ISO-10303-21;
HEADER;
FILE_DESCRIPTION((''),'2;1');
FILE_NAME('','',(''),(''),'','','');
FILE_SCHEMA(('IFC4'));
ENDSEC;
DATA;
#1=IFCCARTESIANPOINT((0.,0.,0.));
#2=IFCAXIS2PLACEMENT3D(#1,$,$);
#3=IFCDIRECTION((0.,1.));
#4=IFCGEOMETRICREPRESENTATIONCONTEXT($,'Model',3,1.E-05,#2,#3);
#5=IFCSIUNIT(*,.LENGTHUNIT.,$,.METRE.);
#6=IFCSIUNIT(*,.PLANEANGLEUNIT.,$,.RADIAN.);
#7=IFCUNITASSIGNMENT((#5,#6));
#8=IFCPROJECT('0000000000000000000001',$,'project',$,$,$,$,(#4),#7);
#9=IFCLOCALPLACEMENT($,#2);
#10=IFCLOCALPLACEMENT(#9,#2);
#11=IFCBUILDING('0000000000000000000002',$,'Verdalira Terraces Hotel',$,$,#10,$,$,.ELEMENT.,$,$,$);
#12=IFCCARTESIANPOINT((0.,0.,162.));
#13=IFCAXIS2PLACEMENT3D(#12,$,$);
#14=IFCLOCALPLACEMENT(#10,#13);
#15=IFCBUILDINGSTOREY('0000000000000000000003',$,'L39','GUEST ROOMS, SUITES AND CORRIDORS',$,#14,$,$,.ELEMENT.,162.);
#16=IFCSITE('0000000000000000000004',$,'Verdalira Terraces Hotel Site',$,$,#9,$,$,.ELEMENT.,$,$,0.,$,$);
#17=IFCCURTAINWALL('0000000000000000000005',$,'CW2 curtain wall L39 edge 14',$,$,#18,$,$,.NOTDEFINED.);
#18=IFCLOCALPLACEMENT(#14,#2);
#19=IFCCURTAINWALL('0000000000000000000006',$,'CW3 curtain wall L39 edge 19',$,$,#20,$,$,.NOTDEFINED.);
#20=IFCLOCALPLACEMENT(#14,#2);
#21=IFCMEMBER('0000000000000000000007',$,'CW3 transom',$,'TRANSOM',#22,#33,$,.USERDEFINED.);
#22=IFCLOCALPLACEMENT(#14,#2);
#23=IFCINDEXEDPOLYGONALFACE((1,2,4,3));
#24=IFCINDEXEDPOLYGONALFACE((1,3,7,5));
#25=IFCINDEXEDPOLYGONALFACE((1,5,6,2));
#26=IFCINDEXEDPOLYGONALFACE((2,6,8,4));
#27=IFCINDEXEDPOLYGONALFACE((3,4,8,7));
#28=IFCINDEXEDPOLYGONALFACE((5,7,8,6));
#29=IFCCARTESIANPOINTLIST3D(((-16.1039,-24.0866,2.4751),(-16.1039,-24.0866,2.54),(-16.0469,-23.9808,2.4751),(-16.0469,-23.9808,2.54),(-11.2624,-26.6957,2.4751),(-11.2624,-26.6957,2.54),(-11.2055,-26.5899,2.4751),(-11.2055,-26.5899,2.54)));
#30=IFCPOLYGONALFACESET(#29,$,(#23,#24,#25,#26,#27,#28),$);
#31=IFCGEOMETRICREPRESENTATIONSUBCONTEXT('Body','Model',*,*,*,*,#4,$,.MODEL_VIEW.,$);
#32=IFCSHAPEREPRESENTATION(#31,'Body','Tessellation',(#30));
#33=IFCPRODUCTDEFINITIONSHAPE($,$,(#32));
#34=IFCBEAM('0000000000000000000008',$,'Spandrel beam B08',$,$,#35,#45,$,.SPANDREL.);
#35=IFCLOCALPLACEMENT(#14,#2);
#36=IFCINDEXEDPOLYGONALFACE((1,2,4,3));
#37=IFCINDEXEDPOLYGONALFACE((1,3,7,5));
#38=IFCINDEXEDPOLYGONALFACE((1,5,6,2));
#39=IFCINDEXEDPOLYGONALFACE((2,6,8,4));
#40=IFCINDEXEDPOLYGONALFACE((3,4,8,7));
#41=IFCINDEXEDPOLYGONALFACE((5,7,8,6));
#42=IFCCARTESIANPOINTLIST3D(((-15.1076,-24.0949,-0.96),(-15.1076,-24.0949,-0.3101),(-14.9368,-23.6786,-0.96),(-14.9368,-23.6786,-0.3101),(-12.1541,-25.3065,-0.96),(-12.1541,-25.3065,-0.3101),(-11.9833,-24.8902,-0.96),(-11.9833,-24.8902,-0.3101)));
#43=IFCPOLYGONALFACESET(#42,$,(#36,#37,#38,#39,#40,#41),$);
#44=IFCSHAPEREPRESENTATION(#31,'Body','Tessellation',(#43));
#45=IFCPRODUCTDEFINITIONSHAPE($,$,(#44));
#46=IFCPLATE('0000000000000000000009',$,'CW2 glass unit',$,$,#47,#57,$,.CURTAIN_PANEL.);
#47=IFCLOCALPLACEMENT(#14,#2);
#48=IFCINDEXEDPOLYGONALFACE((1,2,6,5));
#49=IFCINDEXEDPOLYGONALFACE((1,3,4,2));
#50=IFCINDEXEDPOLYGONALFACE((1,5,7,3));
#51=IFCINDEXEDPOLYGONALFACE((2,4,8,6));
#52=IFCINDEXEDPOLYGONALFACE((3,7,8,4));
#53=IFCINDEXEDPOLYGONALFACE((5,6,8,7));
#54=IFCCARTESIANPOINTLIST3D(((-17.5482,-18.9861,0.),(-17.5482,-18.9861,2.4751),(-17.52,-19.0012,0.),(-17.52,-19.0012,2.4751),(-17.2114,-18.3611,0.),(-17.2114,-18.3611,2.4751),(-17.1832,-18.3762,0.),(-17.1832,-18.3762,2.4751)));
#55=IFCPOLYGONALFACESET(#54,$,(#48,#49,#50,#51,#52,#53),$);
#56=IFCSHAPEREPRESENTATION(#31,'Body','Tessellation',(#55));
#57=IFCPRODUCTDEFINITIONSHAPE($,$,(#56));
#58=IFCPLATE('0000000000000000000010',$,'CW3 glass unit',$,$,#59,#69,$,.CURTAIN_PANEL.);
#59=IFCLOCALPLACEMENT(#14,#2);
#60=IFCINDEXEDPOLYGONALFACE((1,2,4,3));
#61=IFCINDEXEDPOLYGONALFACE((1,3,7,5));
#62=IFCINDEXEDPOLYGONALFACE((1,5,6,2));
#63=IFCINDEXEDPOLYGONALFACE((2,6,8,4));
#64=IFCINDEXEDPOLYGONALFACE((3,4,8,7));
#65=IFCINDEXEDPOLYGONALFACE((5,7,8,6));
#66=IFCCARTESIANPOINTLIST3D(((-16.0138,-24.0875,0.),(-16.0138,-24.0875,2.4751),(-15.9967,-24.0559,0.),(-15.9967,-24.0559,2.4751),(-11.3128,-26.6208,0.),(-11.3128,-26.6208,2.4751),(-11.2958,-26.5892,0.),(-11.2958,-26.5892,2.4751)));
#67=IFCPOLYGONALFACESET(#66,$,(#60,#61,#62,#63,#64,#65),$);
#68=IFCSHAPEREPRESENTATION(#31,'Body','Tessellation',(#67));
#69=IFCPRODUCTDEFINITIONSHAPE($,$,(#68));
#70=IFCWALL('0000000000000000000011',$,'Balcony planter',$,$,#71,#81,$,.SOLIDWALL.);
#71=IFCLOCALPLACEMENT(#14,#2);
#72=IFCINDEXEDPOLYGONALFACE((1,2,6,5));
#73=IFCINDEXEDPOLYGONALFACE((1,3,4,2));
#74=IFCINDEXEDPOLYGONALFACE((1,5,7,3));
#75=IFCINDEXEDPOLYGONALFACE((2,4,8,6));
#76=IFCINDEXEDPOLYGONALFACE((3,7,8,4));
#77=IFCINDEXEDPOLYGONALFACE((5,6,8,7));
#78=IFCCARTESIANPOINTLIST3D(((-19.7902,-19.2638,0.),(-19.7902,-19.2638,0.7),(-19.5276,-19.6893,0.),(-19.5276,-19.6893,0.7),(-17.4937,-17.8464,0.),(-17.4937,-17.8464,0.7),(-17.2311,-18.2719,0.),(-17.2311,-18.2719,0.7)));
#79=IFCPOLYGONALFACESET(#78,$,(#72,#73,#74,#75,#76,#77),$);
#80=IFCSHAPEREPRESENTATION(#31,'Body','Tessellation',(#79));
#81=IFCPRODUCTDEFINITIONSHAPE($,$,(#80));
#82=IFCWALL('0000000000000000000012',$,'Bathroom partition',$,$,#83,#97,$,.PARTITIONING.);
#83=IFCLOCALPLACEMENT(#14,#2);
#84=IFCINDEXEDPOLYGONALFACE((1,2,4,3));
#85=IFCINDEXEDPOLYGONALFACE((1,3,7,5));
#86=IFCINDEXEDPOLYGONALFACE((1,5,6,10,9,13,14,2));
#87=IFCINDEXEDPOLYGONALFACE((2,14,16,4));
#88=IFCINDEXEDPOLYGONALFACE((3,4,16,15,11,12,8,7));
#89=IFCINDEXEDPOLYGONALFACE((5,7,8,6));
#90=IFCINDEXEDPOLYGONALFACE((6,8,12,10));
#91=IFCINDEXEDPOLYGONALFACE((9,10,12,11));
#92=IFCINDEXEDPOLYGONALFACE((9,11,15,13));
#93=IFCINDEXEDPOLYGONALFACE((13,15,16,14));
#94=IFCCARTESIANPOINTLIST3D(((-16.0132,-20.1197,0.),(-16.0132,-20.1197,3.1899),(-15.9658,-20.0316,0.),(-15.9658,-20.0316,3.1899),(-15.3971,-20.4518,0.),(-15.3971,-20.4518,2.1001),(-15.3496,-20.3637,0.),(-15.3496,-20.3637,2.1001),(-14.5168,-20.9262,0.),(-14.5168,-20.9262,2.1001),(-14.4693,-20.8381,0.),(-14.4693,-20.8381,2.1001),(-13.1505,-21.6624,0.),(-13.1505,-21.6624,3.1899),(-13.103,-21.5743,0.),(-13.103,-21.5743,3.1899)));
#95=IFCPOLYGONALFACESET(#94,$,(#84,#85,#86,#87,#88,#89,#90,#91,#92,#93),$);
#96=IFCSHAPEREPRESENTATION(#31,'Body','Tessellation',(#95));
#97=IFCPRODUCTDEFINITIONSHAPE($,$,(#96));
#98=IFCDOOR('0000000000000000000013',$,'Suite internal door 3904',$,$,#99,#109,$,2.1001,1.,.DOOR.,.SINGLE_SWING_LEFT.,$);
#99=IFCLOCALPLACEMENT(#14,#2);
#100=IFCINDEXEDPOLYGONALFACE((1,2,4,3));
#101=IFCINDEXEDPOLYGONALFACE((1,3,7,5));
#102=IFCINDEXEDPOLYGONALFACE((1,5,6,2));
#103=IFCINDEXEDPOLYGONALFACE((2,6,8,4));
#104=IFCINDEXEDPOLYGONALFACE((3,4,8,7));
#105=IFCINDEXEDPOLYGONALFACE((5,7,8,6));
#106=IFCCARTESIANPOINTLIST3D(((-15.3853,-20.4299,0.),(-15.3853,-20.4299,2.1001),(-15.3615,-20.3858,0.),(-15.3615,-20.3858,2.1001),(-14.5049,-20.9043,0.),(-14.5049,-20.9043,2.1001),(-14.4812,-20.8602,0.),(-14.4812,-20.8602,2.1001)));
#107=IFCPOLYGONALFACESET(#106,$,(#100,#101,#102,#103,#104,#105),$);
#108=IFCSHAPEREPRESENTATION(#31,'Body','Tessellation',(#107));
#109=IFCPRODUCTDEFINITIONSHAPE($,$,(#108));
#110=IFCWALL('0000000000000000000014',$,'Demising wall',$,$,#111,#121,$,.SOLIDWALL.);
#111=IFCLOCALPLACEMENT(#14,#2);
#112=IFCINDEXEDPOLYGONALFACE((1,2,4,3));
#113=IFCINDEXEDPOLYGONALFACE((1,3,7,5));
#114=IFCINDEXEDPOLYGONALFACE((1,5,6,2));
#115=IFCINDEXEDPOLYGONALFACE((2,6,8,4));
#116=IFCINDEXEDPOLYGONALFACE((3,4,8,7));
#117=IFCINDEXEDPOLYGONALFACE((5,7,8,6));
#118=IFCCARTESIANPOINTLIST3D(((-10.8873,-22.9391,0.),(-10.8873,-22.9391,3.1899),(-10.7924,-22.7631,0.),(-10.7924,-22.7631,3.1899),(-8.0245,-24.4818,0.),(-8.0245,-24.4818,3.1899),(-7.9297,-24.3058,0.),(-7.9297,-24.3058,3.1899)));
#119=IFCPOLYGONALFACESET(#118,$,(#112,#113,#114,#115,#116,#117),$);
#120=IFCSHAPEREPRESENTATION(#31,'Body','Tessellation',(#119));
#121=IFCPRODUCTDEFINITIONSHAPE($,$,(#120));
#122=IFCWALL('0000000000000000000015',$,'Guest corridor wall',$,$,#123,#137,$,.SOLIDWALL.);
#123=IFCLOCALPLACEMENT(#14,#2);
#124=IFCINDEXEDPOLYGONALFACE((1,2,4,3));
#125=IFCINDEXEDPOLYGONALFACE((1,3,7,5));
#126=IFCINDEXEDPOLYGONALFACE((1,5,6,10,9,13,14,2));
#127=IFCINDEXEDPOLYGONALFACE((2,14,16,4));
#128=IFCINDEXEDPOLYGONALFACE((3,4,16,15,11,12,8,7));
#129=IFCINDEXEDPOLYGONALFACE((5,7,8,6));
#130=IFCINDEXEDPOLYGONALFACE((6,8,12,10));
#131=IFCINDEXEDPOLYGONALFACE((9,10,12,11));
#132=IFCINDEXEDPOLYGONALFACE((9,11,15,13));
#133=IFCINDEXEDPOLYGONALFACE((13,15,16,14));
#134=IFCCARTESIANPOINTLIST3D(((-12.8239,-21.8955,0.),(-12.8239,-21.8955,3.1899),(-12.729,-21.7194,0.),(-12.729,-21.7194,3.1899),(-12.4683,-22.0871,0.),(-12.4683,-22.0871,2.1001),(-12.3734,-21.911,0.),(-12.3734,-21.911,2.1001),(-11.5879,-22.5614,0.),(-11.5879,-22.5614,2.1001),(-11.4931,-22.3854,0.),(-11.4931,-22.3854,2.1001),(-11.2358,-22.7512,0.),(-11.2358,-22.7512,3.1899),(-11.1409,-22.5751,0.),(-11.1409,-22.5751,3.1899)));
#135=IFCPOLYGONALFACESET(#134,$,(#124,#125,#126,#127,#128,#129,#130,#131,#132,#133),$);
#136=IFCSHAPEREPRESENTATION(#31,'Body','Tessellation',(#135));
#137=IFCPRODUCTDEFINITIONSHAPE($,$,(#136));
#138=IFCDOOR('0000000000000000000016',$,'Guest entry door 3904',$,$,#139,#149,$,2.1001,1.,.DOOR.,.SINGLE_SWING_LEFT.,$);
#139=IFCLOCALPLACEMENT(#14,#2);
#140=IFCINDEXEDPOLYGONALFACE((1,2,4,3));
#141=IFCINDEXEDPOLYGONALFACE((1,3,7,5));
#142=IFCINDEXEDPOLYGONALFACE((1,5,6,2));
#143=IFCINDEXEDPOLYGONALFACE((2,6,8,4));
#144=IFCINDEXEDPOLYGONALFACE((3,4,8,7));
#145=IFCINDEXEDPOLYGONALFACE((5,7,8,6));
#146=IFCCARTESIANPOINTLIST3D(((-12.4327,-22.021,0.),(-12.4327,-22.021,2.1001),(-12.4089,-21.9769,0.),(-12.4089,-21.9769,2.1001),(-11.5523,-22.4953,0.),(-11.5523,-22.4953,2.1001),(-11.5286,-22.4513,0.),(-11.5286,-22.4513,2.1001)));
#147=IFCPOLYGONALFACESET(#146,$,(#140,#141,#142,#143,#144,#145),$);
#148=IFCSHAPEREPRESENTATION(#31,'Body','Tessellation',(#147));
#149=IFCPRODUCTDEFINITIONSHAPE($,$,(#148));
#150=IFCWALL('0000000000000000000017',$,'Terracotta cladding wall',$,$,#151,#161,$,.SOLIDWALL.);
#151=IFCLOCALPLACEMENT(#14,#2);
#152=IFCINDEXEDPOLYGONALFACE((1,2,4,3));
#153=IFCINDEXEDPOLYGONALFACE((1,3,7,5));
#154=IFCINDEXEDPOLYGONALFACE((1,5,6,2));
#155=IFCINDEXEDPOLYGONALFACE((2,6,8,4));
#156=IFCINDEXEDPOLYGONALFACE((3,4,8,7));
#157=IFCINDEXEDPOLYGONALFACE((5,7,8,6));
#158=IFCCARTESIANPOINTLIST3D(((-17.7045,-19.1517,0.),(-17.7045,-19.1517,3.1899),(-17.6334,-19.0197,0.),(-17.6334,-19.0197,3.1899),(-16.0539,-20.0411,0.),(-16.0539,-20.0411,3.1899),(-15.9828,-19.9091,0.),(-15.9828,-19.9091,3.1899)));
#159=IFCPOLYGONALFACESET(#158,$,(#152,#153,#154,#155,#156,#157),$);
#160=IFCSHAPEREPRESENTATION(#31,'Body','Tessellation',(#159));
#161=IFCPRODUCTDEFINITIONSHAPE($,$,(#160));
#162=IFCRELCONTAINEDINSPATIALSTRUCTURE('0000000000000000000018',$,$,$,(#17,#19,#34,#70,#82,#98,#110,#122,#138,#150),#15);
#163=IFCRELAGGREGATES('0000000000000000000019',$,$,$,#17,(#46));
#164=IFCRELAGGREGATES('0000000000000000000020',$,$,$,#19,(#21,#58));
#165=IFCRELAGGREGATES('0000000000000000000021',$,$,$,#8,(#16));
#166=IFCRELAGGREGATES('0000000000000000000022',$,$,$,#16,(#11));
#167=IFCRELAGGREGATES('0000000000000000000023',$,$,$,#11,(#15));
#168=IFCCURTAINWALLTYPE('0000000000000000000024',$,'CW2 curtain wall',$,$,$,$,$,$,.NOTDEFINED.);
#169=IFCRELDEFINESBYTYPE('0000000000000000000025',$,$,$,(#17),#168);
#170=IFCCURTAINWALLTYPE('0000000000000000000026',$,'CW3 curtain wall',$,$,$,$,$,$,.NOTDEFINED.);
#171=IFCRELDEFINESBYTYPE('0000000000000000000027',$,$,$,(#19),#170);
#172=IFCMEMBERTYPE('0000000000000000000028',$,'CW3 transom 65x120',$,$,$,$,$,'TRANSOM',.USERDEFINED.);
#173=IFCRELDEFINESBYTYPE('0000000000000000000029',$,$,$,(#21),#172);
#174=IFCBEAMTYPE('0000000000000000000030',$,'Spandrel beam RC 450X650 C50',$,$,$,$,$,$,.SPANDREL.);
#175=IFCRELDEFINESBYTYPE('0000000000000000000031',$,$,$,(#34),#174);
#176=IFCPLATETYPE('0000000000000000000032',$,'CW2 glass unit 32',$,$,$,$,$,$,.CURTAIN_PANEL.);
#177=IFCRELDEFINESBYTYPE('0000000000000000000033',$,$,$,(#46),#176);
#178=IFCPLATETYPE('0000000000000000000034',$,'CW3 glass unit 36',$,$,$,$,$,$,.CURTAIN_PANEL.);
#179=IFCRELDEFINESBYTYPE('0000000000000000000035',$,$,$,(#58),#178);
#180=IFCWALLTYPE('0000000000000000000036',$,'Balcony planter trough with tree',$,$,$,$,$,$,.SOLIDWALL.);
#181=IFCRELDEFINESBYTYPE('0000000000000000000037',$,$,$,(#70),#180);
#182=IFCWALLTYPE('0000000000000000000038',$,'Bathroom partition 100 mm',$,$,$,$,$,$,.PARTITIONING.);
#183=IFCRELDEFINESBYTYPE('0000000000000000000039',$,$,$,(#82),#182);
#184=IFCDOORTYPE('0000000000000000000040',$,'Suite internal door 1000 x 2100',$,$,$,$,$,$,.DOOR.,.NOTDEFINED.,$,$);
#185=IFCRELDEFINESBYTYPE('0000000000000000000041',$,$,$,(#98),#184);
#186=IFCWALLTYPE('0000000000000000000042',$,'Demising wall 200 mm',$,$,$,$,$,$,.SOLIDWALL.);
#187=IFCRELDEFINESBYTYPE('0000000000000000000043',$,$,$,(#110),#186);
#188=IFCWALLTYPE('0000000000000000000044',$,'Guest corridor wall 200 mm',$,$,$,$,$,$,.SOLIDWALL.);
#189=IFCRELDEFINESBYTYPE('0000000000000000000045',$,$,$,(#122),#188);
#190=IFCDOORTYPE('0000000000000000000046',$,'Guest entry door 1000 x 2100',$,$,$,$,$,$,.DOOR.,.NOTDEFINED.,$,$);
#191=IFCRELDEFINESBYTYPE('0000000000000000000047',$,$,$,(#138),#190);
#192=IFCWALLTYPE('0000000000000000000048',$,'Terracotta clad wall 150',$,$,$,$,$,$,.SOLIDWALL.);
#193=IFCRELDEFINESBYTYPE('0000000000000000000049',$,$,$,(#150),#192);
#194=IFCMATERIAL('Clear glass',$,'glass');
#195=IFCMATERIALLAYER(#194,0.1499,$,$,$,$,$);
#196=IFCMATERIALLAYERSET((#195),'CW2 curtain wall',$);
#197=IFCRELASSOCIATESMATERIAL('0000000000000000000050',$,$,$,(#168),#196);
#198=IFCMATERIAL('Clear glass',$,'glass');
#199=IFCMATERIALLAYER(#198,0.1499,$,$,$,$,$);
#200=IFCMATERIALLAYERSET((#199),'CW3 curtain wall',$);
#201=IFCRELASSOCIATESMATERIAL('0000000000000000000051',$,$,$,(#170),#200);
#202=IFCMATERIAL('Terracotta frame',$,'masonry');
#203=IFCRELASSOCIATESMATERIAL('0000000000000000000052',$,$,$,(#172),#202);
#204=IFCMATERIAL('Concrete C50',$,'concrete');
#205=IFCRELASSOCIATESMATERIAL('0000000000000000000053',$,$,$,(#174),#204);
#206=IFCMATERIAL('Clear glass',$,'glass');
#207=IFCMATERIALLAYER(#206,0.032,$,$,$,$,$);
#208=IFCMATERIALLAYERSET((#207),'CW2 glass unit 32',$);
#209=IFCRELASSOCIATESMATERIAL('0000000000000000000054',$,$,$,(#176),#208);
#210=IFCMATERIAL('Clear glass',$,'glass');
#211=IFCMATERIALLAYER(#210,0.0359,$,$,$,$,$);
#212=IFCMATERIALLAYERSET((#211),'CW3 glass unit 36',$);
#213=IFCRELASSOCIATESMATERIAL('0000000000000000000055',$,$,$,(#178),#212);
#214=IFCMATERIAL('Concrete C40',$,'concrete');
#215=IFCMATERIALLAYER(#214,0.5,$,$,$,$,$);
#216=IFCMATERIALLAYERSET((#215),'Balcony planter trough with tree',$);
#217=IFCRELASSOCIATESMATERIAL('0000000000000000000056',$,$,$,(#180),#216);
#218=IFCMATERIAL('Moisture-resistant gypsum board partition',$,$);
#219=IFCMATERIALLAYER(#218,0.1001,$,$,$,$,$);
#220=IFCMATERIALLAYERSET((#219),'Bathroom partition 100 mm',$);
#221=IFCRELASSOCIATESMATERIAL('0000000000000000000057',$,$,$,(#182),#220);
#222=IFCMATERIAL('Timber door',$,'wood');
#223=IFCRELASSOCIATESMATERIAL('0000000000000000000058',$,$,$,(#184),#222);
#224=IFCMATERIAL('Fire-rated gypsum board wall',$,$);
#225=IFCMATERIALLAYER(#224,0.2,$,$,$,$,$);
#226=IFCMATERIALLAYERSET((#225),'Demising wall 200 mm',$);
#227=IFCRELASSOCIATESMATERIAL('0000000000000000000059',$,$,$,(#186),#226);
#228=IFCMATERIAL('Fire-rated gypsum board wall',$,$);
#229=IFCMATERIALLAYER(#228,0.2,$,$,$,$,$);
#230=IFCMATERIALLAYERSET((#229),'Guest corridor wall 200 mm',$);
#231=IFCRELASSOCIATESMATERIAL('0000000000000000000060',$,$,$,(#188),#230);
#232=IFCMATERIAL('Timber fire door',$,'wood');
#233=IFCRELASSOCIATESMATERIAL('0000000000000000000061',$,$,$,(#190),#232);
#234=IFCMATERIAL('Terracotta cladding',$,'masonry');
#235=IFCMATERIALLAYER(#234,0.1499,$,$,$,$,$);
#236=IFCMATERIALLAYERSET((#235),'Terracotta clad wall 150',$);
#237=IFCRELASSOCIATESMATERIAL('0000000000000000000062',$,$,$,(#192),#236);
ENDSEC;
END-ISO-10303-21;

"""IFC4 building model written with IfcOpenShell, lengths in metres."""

from ifc_helpers import new_model, si_unit, direction, frame, frame_2d, origin, origin_2d, place, context, subcontext, project, spatial, rectangle, extrude, material, layer, layer_set, material_profile, profile_set, type_object, element, fill, aggregate, save


model = new_model("IFC4")

# Units and contexts
model_context = context("Model", 3, precision=1e-05, world=origin(), true_north=direction((0.0, 1.0)))
body_context = subcontext(model_context, "Body", "Model", "MODEL_VIEW")
ifc_project = project(units=[si_unit("LENGTHUNIT", "METRE"), si_unit("PLANEANGLEUNIT", "RADIAN")], contexts=[model_context])

# Site, building, storey
site_placement = place(None, origin())
site = spatial("IfcSite", under=ifc_project, at=site_placement, Name="Verdalira Terraces Hotel Site", CompositionType="ELEMENT", RefElevation=0.0)
building_placement = place(site_placement, origin())
building = spatial("IfcBuilding", under=site, at=building_placement, Name="Verdalira Terraces Hotel", CompositionType="ELEMENT")
storey_placement = place(building_placement, frame((0.0, 0.0, 162.0)))
storey = spatial("IfcBuildingStorey", under=building, at=storey_placement, Name="L39", Description="GUEST ROOMS, SUITES AND CORRIDORS", CompositionType="ELEMENT", Elevation=162.0)

# Curtain walls, member
ifc_material_1 = material(Name="Clear glass", Category="glass")
ifc_layer_1 = layer(ifc_material_1, 0.1499)
ifc_layer_set_1 = layer_set([ifc_layer_1], Name="CW2 curtain wall")
curtain_wall_type_1 = type_object("IfcCurtainWallType", Name="CW2 curtain wall", PredefinedType="NOTDEFINED", material=ifc_layer_set_1)
curtain_wall_1_placement = place(storey_placement, origin())
curtain_wall_1 = element("IfcCurtainWall", 1, at=curtain_wall_1_placement, inside=storey, type_object=curtain_wall_type_1, Name="CW2 curtain wall L39 edge 14", PredefinedType="NOTDEFINED")
ifc_material_2 = material(Name="Clear glass", Category="glass")
ifc_layer_2 = layer(ifc_material_2, 0.1499)
ifc_layer_set_2 = layer_set([ifc_layer_2], Name="CW3 curtain wall")
curtain_wall_type_2 = type_object("IfcCurtainWallType", Name="CW3 curtain wall", PredefinedType="NOTDEFINED", material=ifc_layer_set_2)
curtain_wall_2_placement = place(storey_placement, origin())
curtain_wall_2 = element("IfcCurtainWall", 2, at=curtain_wall_2_placement, inside=storey, type_object=curtain_wall_type_2, Name="CW3 curtain wall L39 edge 19", PredefinedType="NOTDEFINED")
ifc_material_3 = material(Name="Terracotta frame", Category="masonry")
ifc_material_profile_1 = material_profile(ifc_material_3, rectangle(XDim=0.1201, YDim=0.0649, at=origin_2d()), Name="TR 65x120")
ifc_profile_set_1 = profile_set([ifc_material_profile_1], Name="Terracotta frame")
member_type_1 = type_object("IfcMemberType", Name="CW3 transom 65x120", ElementType="TRANSOM", PredefinedType="USERDEFINED", material=ifc_profile_set_1)
member_1_placement = place(storey_placement, frame((-16.0754, -24.0337, 2.5076), z_axis=(0.880309, -0.474402, 0.0), x_axis=(0.474402, 0.880309, 0.0)))
member_1 = element("IfcMember", 3, at=member_1_placement, type_object=member_type_1, Name="CW3 transom", ObjectType="TRANSOM", PredefinedType="USERDEFINED", context=body_context, shape_type="SweptSolid", body=[
    extrude(rectangle(XDim=0.1201, YDim=0.0649, at=origin_2d()), origin(), (0.0, 0.0, 1.0), 5.4998),
])

# Beam
ifc_material_4 = material(Name="Concrete C50", Category="concrete")
ifc_material_profile_2 = material_profile(ifc_material_4, rectangle(XDim=0.45, YDim=0.6499, at=origin_2d()), Name="RC 450X650")
ifc_profile_set_2 = profile_set([ifc_material_profile_2], Name="Concrete C50")
beam_type_1 = type_object("IfcBeamType", Name="Spandrel beam RC 450X650 C50", PredefinedType="SPANDREL", material=ifc_profile_set_2)
beam_1_placement = place(storey_placement, frame((-15.0222, -23.8867, -0.635), z_axis=(0.925176, -0.379538, 0.0), x_axis=(0.379538, 0.925176, 0.0)))
element("IfcBeam", 4, at=beam_1_placement, inside=storey, type_object=beam_type_1, Name="Spandrel beam B08", PredefinedType="SPANDREL", context=body_context, shape_type="SweptSolid", body=[
    extrude(rectangle(XDim=0.45, YDim=0.6499, at=origin_2d()), origin(), (0.0, 0.0, 1.0), 3.1924),
])

# Plates
ifc_material_5 = material(Name="Clear glass", Category="glass")
ifc_layer_3 = layer(ifc_material_5, 0.032)
ifc_layer_set_3 = layer_set([ifc_layer_3], Name="CW2 glass unit 32")
plate_type_1 = type_object("IfcPlateType", Name="CW2 glass unit 32", PredefinedType="CURTAIN_PANEL", material=ifc_layer_set_3)
plate_1_placement = place(storey_placement, frame((-17.3657, -18.6812, 0.0), z_axis=(0.0, 0.0, 1.0), x_axis=(-0.474396, -0.880312, 0.0)))
plate_1 = element("IfcPlate", 5, at=plate_1_placement, type_object=plate_type_1, Name="CW2 glass unit", PredefinedType="CURTAIN_PANEL", context=body_context, shape_type="SweptSolid", body=[
    extrude(rectangle(XDim=0.71, YDim=0.032, at=origin_2d()), origin(), (0.0, 0.0, 1.0), 2.4751),
])
aggregate(curtain_wall_1, [plate_1])
ifc_material_6 = material(Name="Clear glass", Category="glass")
ifc_layer_4 = layer(ifc_material_6, 0.0359)
ifc_layer_set_4 = layer_set([ifc_layer_4], Name="CW3 glass unit 36")
plate_type_2 = type_object("IfcPlateType", Name="CW3 glass unit 36", PredefinedType="CURTAIN_PANEL", material=ifc_layer_set_4)
plate_2_placement = place(storey_placement, frame((-13.6548, -25.3384, 0.0), z_axis=(0.0, 0.0, 1.0), x_axis=(0.880312, -0.474396, 0.0)))
plate_2 = element("IfcPlate", 6, at=plate_2_placement, type_object=plate_type_2, Name="CW3 glass unit", PredefinedType="CURTAIN_PANEL", context=body_context, shape_type="SweptSolid", body=[
    extrude(rectangle(XDim=5.3401, YDim=0.0359, at=origin_2d()), origin(), (0.0, 0.0, 1.0), 2.4751),
])
aggregate(curtain_wall_2, [member_1, plate_2])

# Wall
ifc_material_7 = material(Name="Concrete C40", Category="concrete")
ifc_layer_5 = layer(ifc_material_7, 0.5)
ifc_layer_set_5 = layer_set([ifc_layer_5], Name="Balcony planter trough with tree")
wall_type_1 = type_object("IfcWallType", Name="Balcony planter trough with tree", PredefinedType="SOLIDWALL", material=ifc_layer_set_5)
wall_1_placement = place(storey_placement, frame((-19.6589, -19.4766, 0.0), z_axis=(0.0, 0.0, 1.0), x_axis=(0.850968, 0.525217, 0.0)))
element("IfcWall", 7, at=wall_1_placement, inside=storey, type_object=wall_type_1, Name="Balcony planter", PredefinedType="SOLIDWALL", context=body_context, shape_type="SweptSolid", body=[
    extrude(rectangle(XDim=2.6987, YDim=0.5, at=frame_2d((1.3494, 0.0))), origin(), (0.0, 0.0, 1.0), 0.7),
])

# Wall, opening, door
ifc_material_8 = material(Name="Moisture-resistant gypsum board partition")
ifc_layer_6 = layer(ifc_material_8, 0.1001)
ifc_layer_set_6 = layer_set([ifc_layer_6], Name="Bathroom partition 100 mm")
wall_type_2 = type_object("IfcWallType", Name="Bathroom partition 100 mm", PredefinedType="PARTITIONING", material=ifc_layer_set_6)
wall_2_placement = place(storey_placement, frame((-15.9895, -20.0757, 0.0), z_axis=(0.0, 0.0, 1.0), x_axis=(0.880314, -0.474391, 0.0)))
wall_2 = element("IfcWall", 8, at=wall_2_placement, inside=storey, type_object=wall_type_2, Name="Bathroom partition", PredefinedType="PARTITIONING", context=body_context, shape_type="SweptSolid", body=[
    extrude(rectangle(XDim=3.252, YDim=0.1001, at=frame_2d((1.626, 0.0))), origin(), (0.0, 0.0, 1.0), 3.1899),
])
opening_1_placement = place(wall_2_placement, frame((0.7, 0.0, 0.0)))
opening_1 = element("IfcOpeningElement", 9, at=opening_1_placement, cuts=wall_2, PredefinedType="OPENING", context=body_context, shape_type="SweptSolid", body=[
    extrude(rectangle(XDim=1.0, YDim=2.1001, at=frame_2d((0.5, 1.05))), frame((0.0, 0.0601, 0.0), z_axis=(0.0, -1.0, 0.0), x_axis=(1.0, 0.0, 0.0)), (0.0, 0.0, 1.0), 0.1201),
])
ifc_material_9 = material(Name="Timber door", Category="wood")
door_type_1 = type_object("IfcDoorType", Name="Suite internal door 1000 x 2100", OperationType="NOTDEFINED", PredefinedType="DOOR", material=ifc_material_9)
door_1_placement = place(opening_1_placement, origin())
door_1 = element("IfcDoor", 10, at=door_1_placement, inside=storey, type_object=door_type_1, Name="Suite internal door 3904", OperationType="SINGLE_SWING_LEFT", OverallHeight=2.1001, OverallWidth=1.0, PredefinedType="DOOR", context=body_context, shape_type="SweptSolid", body=[
    extrude(rectangle(XDim=1.0, YDim=2.1001, at=frame_2d((0.5, 1.05))), frame((0.0, 0.0249, 0.0), z_axis=(0.0, -1.0, 0.0), x_axis=(1.0, 0.0, 0.0)), (0.0, 0.0, 1.0), 0.05),
])
fill(opening_1, door_1)

# Wall
ifc_material_10 = material(Name="Fire-rated gypsum board wall")
ifc_layer_7 = layer(ifc_material_10, 0.2)
ifc_layer_set_7 = layer_set([ifc_layer_7], Name="Demising wall 200 mm")
wall_type_3 = type_object("IfcWallType", Name="Demising wall 200 mm", PredefinedType="SOLIDWALL", material=ifc_layer_set_7)
wall_3_placement = place(storey_placement, frame((-10.8398, -22.8511, 0.0), z_axis=(0.0, 0.0, 1.0), x_axis=(0.880314, -0.474391, 0.0)))
element("IfcWall", 11, at=wall_3_placement, inside=storey, type_object=wall_type_3, Name="Demising wall", PredefinedType="SOLIDWALL", context=body_context, shape_type="SweptSolid", body=[
    extrude(rectangle(XDim=3.252, YDim=0.2, at=frame_2d((1.626, 0.0))), origin(), (0.0, 0.0, 1.0), 3.1899),
])

# Wall, opening, door
ifc_material_11 = material(Name="Fire-rated gypsum board wall")
ifc_layer_8 = layer(ifc_material_11, 0.2)
ifc_layer_set_8 = layer_set([ifc_layer_8], Name="Guest corridor wall 200 mm")
wall_type_4 = type_object("IfcWallType", Name="Guest corridor wall 200 mm", PredefinedType="SOLIDWALL", material=ifc_layer_set_8)
wall_4_placement = place(storey_placement, frame((-11.1885, -22.6631, 0.0), z_axis=(0.0, 0.0, 1.0), x_axis=(-0.880341, 0.474342, 0.0)))
wall_4 = element("IfcWall", 12, at=wall_4_placement, inside=storey, type_object=wall_type_4, Name="Guest corridor wall", PredefinedType="SOLIDWALL", context=body_context, shape_type="SweptSolid", body=[
    extrude(rectangle(XDim=1.804, YDim=0.2, at=frame_2d((0.9019, 0.0))), origin(), (0.0, 0.0, 1.0), 3.1899),
])
opening_2_placement = place(wall_4_placement, frame((0.3999, 0.0, 0.0)))
opening_2 = element("IfcOpeningElement", 13, at=opening_2_placement, cuts=wall_4, PredefinedType="OPENING", context=body_context, shape_type="SweptSolid", body=[
    extrude(rectangle(XDim=1.0, YDim=2.1001, at=frame_2d((0.5, 1.05))), frame((0.0, 0.1099, 0.0), z_axis=(0.0, -1.0, 0.0), x_axis=(1.0, 0.0, 0.0)), (0.0, 0.0, 1.0), 0.22),
])
ifc_material_12 = material(Name="Timber fire door", Category="wood")
door_type_2 = type_object("IfcDoorType", Name="Guest entry door 1000 x 2100", OperationType="NOTDEFINED", PredefinedType="DOOR", material=ifc_material_12)
door_2_placement = place(opening_2_placement, origin())
door_2 = element("IfcDoor", 14, at=door_2_placement, inside=storey, type_object=door_type_2, Name="Guest entry door 3904", OperationType="SINGLE_SWING_LEFT", OverallHeight=2.1001, OverallWidth=1.0, PredefinedType="DOOR", context=body_context, shape_type="SweptSolid", body=[
    extrude(rectangle(XDim=1.0, YDim=2.1001, at=frame_2d((0.5, 1.05))), frame((0.0, 0.0249, 0.0), z_axis=(0.0, -1.0, 0.0), x_axis=(1.0, 0.0, 0.0)), (0.0, 0.0, 1.0), 0.05),
])
fill(opening_2, door_2)

# Wall
ifc_material_13 = material(Name="Terracotta cladding", Category="masonry")
ifc_layer_9 = layer(ifc_material_13, 0.1499)
ifc_layer_set_9 = layer_set([ifc_layer_9], Name="Terracotta clad wall 150")
wall_type_5 = type_object("IfcWallType", Name="Terracotta clad wall 150", PredefinedType="SOLIDWALL", material=ifc_layer_set_9)
wall_5_placement = place(storey_placement, frame((-17.6689, -19.0857, 0.0), z_axis=(0.0, 0.0, 1.0), x_axis=(0.880337, -0.474348, 0.0)))
element("IfcWall", 15, at=wall_5_placement, inside=storey, type_object=wall_type_5, Name="Terracotta cladding wall", PredefinedType="SOLIDWALL", context=body_context, shape_type="SweptSolid", body=[
    extrude(rectangle(XDim=1.875, YDim=0.1499, at=frame_2d((0.9375, 0.0))), origin(), (0.0, 0.0, 1.0), 3.1899),
])

save(model, "model.ifc")
